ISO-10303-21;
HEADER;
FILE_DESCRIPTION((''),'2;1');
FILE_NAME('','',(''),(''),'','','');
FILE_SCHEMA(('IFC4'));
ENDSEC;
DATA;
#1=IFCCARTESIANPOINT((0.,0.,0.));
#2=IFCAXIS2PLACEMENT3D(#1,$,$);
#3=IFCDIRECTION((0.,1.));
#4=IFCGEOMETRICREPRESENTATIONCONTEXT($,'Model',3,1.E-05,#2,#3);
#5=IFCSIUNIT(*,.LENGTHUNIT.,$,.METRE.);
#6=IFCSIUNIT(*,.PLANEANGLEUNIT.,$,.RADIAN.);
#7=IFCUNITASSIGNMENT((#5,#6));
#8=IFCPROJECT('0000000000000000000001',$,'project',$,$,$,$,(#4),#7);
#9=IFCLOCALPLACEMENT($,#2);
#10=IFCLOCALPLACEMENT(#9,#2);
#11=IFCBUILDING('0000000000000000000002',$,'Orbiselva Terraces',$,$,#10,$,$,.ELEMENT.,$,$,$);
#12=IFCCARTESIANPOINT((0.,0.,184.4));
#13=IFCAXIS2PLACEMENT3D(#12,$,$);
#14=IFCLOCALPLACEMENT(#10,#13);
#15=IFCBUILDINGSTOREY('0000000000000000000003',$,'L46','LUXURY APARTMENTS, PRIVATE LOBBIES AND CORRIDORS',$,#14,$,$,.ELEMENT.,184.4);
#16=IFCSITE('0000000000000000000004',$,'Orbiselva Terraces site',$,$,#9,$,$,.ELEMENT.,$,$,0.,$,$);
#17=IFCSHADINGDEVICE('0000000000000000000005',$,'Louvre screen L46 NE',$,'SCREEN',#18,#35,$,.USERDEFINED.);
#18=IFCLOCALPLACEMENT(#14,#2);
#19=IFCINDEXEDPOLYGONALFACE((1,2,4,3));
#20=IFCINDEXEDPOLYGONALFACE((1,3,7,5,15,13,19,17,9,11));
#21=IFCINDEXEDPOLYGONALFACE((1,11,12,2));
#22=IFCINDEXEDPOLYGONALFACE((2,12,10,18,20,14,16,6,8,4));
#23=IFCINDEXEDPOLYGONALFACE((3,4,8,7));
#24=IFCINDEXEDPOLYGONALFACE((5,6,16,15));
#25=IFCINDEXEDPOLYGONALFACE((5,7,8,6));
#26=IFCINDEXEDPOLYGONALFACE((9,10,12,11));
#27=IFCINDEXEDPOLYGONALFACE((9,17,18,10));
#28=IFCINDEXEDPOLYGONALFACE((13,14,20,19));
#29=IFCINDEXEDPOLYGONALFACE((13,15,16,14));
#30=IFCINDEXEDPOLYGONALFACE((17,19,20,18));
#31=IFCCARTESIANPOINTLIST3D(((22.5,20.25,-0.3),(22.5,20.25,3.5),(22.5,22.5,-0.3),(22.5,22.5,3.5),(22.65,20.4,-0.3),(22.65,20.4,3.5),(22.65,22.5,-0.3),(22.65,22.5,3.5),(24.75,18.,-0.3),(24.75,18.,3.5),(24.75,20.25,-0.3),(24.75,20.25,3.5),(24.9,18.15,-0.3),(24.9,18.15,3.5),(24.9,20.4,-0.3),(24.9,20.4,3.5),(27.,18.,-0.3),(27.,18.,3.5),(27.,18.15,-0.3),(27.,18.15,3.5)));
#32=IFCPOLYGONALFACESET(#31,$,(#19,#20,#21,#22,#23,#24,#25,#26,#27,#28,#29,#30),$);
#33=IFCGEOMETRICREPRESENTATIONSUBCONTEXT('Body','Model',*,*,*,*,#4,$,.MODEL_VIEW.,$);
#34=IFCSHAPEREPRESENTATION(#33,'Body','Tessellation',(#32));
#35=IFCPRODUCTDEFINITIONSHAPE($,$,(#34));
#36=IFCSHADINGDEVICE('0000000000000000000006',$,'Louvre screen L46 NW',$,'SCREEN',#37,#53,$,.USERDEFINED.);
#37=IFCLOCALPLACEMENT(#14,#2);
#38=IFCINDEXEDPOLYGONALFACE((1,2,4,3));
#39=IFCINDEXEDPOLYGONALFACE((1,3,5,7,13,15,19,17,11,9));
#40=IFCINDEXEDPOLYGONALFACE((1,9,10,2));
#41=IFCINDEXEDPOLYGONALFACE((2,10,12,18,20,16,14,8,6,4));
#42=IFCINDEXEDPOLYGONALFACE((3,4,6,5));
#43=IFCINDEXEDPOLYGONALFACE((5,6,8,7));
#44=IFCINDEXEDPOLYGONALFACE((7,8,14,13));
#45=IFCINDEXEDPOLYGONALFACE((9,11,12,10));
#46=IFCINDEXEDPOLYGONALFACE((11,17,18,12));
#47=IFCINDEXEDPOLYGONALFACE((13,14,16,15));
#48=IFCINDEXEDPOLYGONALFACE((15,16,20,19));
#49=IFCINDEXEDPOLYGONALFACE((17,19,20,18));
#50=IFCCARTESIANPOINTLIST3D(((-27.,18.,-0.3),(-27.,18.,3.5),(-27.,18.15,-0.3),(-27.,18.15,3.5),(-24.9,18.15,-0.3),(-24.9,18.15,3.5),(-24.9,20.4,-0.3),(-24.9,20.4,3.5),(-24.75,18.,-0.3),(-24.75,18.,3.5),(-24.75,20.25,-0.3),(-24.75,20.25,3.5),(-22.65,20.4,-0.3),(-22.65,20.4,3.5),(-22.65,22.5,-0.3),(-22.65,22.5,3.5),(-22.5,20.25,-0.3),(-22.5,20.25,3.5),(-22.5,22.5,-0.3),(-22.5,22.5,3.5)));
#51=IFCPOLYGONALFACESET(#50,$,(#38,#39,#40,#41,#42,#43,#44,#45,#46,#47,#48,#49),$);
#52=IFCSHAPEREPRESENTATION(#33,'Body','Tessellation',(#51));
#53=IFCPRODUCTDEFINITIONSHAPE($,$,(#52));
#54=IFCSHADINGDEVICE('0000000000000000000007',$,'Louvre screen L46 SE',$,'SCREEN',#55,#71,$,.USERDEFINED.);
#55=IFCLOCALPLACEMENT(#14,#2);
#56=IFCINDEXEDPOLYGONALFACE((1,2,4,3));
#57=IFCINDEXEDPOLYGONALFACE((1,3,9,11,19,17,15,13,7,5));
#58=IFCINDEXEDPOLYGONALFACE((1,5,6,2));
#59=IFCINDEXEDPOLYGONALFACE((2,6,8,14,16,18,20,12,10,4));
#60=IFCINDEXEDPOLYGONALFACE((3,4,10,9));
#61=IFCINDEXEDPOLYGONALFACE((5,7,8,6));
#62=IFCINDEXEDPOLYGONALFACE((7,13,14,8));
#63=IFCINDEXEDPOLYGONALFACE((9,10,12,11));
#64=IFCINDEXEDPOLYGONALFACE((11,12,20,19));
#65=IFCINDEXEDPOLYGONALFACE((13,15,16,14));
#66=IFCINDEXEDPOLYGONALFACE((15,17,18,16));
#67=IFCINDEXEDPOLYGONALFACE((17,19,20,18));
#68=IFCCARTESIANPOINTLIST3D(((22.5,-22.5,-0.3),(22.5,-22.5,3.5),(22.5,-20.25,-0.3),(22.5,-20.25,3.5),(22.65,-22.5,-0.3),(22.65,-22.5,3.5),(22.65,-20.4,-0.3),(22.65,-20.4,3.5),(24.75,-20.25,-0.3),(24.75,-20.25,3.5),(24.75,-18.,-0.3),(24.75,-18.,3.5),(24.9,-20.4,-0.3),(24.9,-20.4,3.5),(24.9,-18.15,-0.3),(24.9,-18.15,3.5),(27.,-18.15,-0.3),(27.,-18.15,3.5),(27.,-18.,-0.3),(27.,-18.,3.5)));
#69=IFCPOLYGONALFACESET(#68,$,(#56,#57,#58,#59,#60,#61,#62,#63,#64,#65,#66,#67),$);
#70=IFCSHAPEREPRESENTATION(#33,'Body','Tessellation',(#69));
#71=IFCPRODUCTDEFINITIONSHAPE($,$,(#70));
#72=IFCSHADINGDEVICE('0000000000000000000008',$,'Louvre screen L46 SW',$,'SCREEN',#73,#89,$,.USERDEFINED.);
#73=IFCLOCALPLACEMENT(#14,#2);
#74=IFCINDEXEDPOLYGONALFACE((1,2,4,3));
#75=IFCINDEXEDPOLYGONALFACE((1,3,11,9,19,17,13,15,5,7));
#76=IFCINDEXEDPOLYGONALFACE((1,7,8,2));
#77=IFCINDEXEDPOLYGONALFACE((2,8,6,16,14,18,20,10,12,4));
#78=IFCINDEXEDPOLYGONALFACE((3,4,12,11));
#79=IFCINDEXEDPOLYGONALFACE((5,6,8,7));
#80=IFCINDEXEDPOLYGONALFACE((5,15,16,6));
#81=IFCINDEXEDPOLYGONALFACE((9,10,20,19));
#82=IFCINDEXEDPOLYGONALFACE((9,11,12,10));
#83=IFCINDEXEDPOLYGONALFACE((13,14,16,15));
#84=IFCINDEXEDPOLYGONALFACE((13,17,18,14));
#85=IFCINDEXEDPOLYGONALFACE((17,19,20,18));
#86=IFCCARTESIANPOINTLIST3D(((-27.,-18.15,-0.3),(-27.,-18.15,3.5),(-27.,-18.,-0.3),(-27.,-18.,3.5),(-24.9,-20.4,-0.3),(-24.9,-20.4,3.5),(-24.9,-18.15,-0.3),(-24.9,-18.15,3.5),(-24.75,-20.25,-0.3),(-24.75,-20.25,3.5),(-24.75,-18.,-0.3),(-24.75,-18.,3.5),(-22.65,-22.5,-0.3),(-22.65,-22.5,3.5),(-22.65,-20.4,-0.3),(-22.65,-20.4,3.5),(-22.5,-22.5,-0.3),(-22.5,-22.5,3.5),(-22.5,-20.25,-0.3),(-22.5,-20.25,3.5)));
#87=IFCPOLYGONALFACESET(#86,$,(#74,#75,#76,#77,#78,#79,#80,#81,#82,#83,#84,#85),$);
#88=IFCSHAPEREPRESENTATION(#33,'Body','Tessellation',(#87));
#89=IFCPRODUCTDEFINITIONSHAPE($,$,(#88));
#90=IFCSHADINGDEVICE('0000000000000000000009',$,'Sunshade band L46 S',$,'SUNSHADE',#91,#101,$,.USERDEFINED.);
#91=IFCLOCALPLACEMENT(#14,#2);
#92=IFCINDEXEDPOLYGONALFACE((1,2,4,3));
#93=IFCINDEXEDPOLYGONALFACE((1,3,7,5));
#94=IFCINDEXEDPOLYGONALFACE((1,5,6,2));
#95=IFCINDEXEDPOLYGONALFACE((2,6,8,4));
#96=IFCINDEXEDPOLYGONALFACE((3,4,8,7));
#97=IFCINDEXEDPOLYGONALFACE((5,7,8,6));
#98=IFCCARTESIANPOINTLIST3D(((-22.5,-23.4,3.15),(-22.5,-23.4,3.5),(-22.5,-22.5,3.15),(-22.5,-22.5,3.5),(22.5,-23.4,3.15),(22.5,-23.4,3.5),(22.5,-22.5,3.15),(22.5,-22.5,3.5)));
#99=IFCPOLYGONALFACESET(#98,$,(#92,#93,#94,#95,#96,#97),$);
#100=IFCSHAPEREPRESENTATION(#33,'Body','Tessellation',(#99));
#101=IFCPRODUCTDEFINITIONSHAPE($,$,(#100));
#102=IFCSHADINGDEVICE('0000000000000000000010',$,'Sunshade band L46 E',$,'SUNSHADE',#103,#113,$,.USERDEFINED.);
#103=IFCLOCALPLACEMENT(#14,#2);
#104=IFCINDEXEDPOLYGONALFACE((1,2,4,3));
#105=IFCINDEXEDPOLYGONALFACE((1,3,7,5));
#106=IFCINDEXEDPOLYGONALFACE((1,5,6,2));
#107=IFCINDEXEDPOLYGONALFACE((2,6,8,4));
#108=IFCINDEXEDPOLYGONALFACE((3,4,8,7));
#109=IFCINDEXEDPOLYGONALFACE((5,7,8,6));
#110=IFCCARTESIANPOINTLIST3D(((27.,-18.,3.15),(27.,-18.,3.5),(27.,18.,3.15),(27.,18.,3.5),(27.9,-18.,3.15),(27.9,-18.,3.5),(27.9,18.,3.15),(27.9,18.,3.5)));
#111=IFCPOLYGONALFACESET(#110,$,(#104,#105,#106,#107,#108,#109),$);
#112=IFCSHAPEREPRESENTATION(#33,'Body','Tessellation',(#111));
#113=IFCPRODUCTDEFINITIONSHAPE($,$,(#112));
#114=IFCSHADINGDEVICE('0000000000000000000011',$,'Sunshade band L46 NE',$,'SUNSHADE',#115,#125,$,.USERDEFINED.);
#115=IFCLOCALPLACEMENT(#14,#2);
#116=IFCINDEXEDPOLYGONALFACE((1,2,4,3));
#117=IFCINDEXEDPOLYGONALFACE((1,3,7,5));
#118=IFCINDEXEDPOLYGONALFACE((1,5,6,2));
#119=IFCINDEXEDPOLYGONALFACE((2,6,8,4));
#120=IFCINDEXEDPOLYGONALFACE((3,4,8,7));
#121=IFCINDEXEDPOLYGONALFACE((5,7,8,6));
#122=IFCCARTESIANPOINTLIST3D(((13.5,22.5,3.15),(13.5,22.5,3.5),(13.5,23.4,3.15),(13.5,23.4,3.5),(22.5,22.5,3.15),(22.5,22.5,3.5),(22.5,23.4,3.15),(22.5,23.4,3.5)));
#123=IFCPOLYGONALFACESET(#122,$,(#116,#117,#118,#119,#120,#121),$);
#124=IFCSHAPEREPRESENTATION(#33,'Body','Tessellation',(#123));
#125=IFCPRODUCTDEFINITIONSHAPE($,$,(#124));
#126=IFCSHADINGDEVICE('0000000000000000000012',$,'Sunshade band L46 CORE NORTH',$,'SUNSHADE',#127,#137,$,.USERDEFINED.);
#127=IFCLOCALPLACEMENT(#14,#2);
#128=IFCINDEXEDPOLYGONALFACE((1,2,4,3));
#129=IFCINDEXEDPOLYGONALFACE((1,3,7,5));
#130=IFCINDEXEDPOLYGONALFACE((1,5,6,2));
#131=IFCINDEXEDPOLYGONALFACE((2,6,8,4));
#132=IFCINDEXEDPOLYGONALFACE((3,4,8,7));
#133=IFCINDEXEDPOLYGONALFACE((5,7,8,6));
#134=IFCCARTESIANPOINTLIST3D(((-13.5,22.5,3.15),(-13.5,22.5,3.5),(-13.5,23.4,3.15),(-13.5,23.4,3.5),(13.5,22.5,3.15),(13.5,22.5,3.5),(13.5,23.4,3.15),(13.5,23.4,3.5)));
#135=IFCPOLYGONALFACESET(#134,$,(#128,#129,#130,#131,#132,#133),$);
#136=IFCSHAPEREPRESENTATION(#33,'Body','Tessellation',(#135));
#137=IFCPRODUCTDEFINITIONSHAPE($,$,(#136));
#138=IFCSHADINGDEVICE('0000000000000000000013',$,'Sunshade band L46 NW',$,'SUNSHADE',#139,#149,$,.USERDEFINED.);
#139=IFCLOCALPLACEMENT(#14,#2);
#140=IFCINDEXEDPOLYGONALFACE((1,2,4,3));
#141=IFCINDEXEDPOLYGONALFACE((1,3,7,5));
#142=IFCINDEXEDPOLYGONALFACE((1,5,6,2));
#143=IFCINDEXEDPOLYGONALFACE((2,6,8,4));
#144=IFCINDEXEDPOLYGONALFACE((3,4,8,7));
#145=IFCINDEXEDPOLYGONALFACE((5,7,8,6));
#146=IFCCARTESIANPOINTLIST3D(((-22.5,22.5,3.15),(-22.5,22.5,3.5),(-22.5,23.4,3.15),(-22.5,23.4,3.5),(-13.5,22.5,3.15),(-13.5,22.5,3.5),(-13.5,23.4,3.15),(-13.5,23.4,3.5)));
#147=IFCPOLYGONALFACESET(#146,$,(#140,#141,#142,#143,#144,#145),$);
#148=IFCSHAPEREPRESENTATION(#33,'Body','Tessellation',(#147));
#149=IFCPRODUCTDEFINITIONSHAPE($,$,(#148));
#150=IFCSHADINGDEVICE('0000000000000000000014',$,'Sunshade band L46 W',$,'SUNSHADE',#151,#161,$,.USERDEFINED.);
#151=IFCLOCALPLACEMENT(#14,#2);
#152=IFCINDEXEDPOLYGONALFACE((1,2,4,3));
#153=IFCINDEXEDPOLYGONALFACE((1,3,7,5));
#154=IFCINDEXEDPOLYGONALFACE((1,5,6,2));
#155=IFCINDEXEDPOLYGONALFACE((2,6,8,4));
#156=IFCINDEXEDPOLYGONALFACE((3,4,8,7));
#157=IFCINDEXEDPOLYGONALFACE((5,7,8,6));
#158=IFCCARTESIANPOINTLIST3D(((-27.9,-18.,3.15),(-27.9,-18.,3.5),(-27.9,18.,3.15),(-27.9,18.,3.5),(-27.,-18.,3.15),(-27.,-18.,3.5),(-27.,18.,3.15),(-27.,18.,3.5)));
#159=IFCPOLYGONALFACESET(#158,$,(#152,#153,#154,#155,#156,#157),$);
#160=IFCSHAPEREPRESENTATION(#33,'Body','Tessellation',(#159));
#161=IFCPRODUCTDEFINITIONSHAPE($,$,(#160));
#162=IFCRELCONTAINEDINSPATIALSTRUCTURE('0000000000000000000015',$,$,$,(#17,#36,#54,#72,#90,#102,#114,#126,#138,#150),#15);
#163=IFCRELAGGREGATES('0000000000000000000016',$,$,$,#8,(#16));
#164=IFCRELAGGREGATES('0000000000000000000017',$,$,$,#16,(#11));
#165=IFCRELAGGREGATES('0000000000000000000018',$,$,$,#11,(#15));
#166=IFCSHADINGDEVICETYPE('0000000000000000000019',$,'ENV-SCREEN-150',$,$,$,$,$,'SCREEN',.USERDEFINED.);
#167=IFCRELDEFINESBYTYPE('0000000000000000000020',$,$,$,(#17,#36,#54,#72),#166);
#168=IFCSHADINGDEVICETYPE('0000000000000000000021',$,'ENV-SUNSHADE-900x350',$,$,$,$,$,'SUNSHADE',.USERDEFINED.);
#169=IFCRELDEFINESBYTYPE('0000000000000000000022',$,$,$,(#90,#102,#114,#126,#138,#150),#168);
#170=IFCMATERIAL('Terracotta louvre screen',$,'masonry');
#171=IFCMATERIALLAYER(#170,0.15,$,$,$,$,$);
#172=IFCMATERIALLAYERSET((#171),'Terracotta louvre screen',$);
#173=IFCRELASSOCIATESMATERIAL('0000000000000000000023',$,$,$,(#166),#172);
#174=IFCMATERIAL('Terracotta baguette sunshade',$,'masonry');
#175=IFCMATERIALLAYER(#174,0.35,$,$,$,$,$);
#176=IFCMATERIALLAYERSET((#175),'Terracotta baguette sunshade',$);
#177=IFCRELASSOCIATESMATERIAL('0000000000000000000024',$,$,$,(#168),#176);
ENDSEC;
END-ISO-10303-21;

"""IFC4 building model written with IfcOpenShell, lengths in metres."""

from ifc_helpers import new_model, si_unit, direction, frame, origin, place, context, subcontext, project, spatial, polyline, outline, extrude, material, layer, layer_set, type_object, element, save


model = new_model("IFC4")

# Units and contexts
model_context = context("Model", 3, precision=1e-05, world=origin(), true_north=direction((0.0, 1.0)))
body_context = subcontext(model_context, "Body", "Model", "MODEL_VIEW")
ifc_project = project(units=[si_unit("LENGTHUNIT", "METRE"), si_unit("PLANEANGLEUNIT", "RADIAN")], contexts=[model_context])

# Site, building, storey
site_placement = place(None, origin())
site = spatial("IfcSite", under=ifc_project, at=site_placement, Name="Orbiselva Terraces site", CompositionType="ELEMENT", RefElevation=0.0)
building_placement = place(site_placement, origin())
building = spatial("IfcBuilding", under=site, at=building_placement, Name="Orbiselva Terraces", CompositionType="ELEMENT")
storey_placement = place(building_placement, frame((0.0, 0.0, 184.4)))
storey = spatial("IfcBuildingStorey", under=building, at=storey_placement, Name="L46", Description="LUXURY APARTMENTS, PRIVATE LOBBIES AND CORRIDORS", CompositionType="ELEMENT", Elevation=184.4)

# Shading devices
ifc_material_1 = material(Name="Terracotta louvre screen", Category="masonry")
ifc_layer_1 = layer(ifc_material_1, 0.15)
ifc_layer_set_1 = layer_set([ifc_layer_1], Name="Terracotta louvre screen")
shading_device_type_1 = type_object("IfcShadingDeviceType", Name="ENV-SCREEN-150", ElementType="SCREEN", PredefinedType="USERDEFINED", material=ifc_layer_set_1)
shading_device_1_placement = place(storey_placement, frame((0.0, 0.0, -0.3)))
element("IfcShadingDevice", 1, at=shading_device_1_placement, inside=storey, type_object=shading_device_type_1, Name="Louvre screen L46 NE", ObjectType="SCREEN", PredefinedType="USERDEFINED", context=body_context, shape_type="SweptSolid", body=[
    extrude(outline(polyline([(27.0, 18.15), (24.9, 18.15), (24.9, 20.4), (22.65, 20.4), (22.65, 22.5), (22.5, 22.5), (22.5, 20.25), (24.75, 20.25), (24.75, 18.0), (27.0, 18.0), (27.0, 18.15)])), origin(), (0.0, 0.0, 1.0), 3.8),
])
shading_device_2_placement = place(storey_placement, frame((0.0, 0.0, -0.3)))
element("IfcShadingDevice", 2, at=shading_device_2_placement, inside=storey, type_object=shading_device_type_1, Name="Louvre screen L46 NW", ObjectType="SCREEN", PredefinedType="USERDEFINED", context=body_context, shape_type="SweptSolid", body=[
    extrude(outline(polyline([(-22.65, 22.5), (-22.65, 20.4), (-24.9, 20.4), (-24.9, 18.15), (-27.0, 18.15), (-27.0, 18.0), (-24.75, 18.0), (-24.75, 20.25), (-22.5, 20.25), (-22.5, 22.5), (-22.65, 22.5)])), origin(), (0.0, 0.0, 1.0), 3.8),
])
shading_device_3_placement = place(storey_placement, frame((0.0, 0.0, -0.3)))
element("IfcShadingDevice", 3, at=shading_device_3_placement, inside=storey, type_object=shading_device_type_1, Name="Louvre screen L46 SE", ObjectType="SCREEN", PredefinedType="USERDEFINED", context=body_context, shape_type="SweptSolid", body=[
    extrude(outline(polyline([(22.65, -22.5), (22.65, -20.4), (24.9, -20.4), (24.9, -18.15), (27.0, -18.15), (27.0, -18.0), (24.75, -18.0), (24.75, -20.25), (22.5, -20.25), (22.5, -22.5), (22.65, -22.5)])), origin(), (0.0, 0.0, 1.0), 3.8),
])
shading_device_4_placement = place(storey_placement, frame((0.0, 0.0, -0.3)))
element("IfcShadingDevice", 4, at=shading_device_4_placement, inside=storey, type_object=shading_device_type_1, Name="Louvre screen L46 SW", ObjectType="SCREEN", PredefinedType="USERDEFINED", context=body_context, shape_type="SweptSolid", body=[
    extrude(outline(polyline([(-27.0, -18.15), (-24.9, -18.15), (-24.9, -20.4), (-22.65, -20.4), (-22.65, -22.5), (-22.5, -22.5), (-22.5, -20.25), (-24.75, -20.25), (-24.75, -18.0), (-27.0, -18.0), (-27.0, -18.15)])), origin(), (0.0, 0.0, 1.0), 3.8),
])
ifc_material_2 = material(Name="Terracotta baguette sunshade", Category="masonry")
ifc_layer_2 = layer(ifc_material_2, 0.35)
ifc_layer_set_2 = layer_set([ifc_layer_2], Name="Terracotta baguette sunshade")
shading_device_type_2 = type_object("IfcShadingDeviceType", Name="ENV-SUNSHADE-900x350", ElementType="SUNSHADE", PredefinedType="USERDEFINED", material=ifc_layer_set_2)
shading_device_5_placement = place(storey_placement, frame((0.0, 0.0, 3.15)))
element("IfcShadingDevice", 5, at=shading_device_5_placement, inside=storey, type_object=shading_device_type_2, Name="Sunshade band L46 S", ObjectType="SUNSHADE", PredefinedType="USERDEFINED", context=body_context, shape_type="SweptSolid", body=[
    extrude(outline(polyline([(-22.5, -23.4), (22.5, -23.4), (22.5, -22.5), (-22.5, -22.5), (-22.5, -23.4)])), origin(), (0.0, 0.0, 1.0), 0.35),
])
shading_device_6_placement = place(storey_placement, frame((0.0, 0.0, 3.15)))
element("IfcShadingDevice", 6, at=shading_device_6_placement, inside=storey, type_object=shading_device_type_2, Name="Sunshade band L46 E", ObjectType="SUNSHADE", PredefinedType="USERDEFINED", context=body_context, shape_type="SweptSolid", body=[
    extrude(outline(polyline([(27.9, -18.0), (27.9, 18.0), (27.0, 18.0), (27.0, -18.0), (27.9, -18.0)])), origin(), (0.0, 0.0, 1.0), 0.35),
])
shading_device_7_placement = place(storey_placement, frame((0.0, 0.0, 3.15)))
element("IfcShadingDevice", 7, at=shading_device_7_placement, inside=storey, type_object=shading_device_type_2, Name="Sunshade band L46 NE", ObjectType="SUNSHADE", PredefinedType="USERDEFINED", context=body_context, shape_type="SweptSolid", body=[
    extrude(outline(polyline([(22.5, 23.4), (13.5, 23.4), (13.5, 22.5), (22.5, 22.5), (22.5, 23.4)])), origin(), (0.0, 0.0, 1.0), 0.35),
])
shading_device_8_placement = place(storey_placement, frame((0.0, 0.0, 3.15)))
element("IfcShadingDevice", 8, at=shading_device_8_placement, inside=storey, type_object=shading_device_type_2, Name="Sunshade band L46 CORE NORTH", ObjectType="SUNSHADE", PredefinedType="USERDEFINED", context=body_context, shape_type="SweptSolid", body=[
    extrude(outline(polyline([(13.5, 23.4), (-13.5, 23.4), (-13.5, 22.5), (13.5, 22.5), (13.5, 23.4)])), origin(), (0.0, 0.0, 1.0), 0.35),
])
shading_device_9_placement = place(storey_placement, frame((0.0, 0.0, 3.15)))
element("IfcShadingDevice", 9, at=shading_device_9_placement, inside=storey, type_object=shading_device_type_2, Name="Sunshade band L46 NW", ObjectType="SUNSHADE", PredefinedType="USERDEFINED", context=body_context, shape_type="SweptSolid", body=[
    extrude(outline(polyline([(-13.5, 23.4), (-22.5, 23.4), (-22.5, 22.5), (-13.5, 22.5), (-13.5, 23.4)])), origin(), (0.0, 0.0, 1.0), 0.35),
])
shading_device_10_placement = place(storey_placement, frame((0.0, 0.0, 3.15)))
element("IfcShadingDevice", 10, at=shading_device_10_placement, inside=storey, type_object=shading_device_type_2, Name="Sunshade band L46 W", ObjectType="SUNSHADE", PredefinedType="USERDEFINED", context=body_context, shape_type="SweptSolid", body=[
    extrude(outline(polyline([(-27.9, 18.0), (-27.9, -18.0), (-27.0, -18.0), (-27.0, 18.0), (-27.9, 18.0)])), origin(), (0.0, 0.0, 1.0), 0.35),
])

save(model, "model.ifc")
